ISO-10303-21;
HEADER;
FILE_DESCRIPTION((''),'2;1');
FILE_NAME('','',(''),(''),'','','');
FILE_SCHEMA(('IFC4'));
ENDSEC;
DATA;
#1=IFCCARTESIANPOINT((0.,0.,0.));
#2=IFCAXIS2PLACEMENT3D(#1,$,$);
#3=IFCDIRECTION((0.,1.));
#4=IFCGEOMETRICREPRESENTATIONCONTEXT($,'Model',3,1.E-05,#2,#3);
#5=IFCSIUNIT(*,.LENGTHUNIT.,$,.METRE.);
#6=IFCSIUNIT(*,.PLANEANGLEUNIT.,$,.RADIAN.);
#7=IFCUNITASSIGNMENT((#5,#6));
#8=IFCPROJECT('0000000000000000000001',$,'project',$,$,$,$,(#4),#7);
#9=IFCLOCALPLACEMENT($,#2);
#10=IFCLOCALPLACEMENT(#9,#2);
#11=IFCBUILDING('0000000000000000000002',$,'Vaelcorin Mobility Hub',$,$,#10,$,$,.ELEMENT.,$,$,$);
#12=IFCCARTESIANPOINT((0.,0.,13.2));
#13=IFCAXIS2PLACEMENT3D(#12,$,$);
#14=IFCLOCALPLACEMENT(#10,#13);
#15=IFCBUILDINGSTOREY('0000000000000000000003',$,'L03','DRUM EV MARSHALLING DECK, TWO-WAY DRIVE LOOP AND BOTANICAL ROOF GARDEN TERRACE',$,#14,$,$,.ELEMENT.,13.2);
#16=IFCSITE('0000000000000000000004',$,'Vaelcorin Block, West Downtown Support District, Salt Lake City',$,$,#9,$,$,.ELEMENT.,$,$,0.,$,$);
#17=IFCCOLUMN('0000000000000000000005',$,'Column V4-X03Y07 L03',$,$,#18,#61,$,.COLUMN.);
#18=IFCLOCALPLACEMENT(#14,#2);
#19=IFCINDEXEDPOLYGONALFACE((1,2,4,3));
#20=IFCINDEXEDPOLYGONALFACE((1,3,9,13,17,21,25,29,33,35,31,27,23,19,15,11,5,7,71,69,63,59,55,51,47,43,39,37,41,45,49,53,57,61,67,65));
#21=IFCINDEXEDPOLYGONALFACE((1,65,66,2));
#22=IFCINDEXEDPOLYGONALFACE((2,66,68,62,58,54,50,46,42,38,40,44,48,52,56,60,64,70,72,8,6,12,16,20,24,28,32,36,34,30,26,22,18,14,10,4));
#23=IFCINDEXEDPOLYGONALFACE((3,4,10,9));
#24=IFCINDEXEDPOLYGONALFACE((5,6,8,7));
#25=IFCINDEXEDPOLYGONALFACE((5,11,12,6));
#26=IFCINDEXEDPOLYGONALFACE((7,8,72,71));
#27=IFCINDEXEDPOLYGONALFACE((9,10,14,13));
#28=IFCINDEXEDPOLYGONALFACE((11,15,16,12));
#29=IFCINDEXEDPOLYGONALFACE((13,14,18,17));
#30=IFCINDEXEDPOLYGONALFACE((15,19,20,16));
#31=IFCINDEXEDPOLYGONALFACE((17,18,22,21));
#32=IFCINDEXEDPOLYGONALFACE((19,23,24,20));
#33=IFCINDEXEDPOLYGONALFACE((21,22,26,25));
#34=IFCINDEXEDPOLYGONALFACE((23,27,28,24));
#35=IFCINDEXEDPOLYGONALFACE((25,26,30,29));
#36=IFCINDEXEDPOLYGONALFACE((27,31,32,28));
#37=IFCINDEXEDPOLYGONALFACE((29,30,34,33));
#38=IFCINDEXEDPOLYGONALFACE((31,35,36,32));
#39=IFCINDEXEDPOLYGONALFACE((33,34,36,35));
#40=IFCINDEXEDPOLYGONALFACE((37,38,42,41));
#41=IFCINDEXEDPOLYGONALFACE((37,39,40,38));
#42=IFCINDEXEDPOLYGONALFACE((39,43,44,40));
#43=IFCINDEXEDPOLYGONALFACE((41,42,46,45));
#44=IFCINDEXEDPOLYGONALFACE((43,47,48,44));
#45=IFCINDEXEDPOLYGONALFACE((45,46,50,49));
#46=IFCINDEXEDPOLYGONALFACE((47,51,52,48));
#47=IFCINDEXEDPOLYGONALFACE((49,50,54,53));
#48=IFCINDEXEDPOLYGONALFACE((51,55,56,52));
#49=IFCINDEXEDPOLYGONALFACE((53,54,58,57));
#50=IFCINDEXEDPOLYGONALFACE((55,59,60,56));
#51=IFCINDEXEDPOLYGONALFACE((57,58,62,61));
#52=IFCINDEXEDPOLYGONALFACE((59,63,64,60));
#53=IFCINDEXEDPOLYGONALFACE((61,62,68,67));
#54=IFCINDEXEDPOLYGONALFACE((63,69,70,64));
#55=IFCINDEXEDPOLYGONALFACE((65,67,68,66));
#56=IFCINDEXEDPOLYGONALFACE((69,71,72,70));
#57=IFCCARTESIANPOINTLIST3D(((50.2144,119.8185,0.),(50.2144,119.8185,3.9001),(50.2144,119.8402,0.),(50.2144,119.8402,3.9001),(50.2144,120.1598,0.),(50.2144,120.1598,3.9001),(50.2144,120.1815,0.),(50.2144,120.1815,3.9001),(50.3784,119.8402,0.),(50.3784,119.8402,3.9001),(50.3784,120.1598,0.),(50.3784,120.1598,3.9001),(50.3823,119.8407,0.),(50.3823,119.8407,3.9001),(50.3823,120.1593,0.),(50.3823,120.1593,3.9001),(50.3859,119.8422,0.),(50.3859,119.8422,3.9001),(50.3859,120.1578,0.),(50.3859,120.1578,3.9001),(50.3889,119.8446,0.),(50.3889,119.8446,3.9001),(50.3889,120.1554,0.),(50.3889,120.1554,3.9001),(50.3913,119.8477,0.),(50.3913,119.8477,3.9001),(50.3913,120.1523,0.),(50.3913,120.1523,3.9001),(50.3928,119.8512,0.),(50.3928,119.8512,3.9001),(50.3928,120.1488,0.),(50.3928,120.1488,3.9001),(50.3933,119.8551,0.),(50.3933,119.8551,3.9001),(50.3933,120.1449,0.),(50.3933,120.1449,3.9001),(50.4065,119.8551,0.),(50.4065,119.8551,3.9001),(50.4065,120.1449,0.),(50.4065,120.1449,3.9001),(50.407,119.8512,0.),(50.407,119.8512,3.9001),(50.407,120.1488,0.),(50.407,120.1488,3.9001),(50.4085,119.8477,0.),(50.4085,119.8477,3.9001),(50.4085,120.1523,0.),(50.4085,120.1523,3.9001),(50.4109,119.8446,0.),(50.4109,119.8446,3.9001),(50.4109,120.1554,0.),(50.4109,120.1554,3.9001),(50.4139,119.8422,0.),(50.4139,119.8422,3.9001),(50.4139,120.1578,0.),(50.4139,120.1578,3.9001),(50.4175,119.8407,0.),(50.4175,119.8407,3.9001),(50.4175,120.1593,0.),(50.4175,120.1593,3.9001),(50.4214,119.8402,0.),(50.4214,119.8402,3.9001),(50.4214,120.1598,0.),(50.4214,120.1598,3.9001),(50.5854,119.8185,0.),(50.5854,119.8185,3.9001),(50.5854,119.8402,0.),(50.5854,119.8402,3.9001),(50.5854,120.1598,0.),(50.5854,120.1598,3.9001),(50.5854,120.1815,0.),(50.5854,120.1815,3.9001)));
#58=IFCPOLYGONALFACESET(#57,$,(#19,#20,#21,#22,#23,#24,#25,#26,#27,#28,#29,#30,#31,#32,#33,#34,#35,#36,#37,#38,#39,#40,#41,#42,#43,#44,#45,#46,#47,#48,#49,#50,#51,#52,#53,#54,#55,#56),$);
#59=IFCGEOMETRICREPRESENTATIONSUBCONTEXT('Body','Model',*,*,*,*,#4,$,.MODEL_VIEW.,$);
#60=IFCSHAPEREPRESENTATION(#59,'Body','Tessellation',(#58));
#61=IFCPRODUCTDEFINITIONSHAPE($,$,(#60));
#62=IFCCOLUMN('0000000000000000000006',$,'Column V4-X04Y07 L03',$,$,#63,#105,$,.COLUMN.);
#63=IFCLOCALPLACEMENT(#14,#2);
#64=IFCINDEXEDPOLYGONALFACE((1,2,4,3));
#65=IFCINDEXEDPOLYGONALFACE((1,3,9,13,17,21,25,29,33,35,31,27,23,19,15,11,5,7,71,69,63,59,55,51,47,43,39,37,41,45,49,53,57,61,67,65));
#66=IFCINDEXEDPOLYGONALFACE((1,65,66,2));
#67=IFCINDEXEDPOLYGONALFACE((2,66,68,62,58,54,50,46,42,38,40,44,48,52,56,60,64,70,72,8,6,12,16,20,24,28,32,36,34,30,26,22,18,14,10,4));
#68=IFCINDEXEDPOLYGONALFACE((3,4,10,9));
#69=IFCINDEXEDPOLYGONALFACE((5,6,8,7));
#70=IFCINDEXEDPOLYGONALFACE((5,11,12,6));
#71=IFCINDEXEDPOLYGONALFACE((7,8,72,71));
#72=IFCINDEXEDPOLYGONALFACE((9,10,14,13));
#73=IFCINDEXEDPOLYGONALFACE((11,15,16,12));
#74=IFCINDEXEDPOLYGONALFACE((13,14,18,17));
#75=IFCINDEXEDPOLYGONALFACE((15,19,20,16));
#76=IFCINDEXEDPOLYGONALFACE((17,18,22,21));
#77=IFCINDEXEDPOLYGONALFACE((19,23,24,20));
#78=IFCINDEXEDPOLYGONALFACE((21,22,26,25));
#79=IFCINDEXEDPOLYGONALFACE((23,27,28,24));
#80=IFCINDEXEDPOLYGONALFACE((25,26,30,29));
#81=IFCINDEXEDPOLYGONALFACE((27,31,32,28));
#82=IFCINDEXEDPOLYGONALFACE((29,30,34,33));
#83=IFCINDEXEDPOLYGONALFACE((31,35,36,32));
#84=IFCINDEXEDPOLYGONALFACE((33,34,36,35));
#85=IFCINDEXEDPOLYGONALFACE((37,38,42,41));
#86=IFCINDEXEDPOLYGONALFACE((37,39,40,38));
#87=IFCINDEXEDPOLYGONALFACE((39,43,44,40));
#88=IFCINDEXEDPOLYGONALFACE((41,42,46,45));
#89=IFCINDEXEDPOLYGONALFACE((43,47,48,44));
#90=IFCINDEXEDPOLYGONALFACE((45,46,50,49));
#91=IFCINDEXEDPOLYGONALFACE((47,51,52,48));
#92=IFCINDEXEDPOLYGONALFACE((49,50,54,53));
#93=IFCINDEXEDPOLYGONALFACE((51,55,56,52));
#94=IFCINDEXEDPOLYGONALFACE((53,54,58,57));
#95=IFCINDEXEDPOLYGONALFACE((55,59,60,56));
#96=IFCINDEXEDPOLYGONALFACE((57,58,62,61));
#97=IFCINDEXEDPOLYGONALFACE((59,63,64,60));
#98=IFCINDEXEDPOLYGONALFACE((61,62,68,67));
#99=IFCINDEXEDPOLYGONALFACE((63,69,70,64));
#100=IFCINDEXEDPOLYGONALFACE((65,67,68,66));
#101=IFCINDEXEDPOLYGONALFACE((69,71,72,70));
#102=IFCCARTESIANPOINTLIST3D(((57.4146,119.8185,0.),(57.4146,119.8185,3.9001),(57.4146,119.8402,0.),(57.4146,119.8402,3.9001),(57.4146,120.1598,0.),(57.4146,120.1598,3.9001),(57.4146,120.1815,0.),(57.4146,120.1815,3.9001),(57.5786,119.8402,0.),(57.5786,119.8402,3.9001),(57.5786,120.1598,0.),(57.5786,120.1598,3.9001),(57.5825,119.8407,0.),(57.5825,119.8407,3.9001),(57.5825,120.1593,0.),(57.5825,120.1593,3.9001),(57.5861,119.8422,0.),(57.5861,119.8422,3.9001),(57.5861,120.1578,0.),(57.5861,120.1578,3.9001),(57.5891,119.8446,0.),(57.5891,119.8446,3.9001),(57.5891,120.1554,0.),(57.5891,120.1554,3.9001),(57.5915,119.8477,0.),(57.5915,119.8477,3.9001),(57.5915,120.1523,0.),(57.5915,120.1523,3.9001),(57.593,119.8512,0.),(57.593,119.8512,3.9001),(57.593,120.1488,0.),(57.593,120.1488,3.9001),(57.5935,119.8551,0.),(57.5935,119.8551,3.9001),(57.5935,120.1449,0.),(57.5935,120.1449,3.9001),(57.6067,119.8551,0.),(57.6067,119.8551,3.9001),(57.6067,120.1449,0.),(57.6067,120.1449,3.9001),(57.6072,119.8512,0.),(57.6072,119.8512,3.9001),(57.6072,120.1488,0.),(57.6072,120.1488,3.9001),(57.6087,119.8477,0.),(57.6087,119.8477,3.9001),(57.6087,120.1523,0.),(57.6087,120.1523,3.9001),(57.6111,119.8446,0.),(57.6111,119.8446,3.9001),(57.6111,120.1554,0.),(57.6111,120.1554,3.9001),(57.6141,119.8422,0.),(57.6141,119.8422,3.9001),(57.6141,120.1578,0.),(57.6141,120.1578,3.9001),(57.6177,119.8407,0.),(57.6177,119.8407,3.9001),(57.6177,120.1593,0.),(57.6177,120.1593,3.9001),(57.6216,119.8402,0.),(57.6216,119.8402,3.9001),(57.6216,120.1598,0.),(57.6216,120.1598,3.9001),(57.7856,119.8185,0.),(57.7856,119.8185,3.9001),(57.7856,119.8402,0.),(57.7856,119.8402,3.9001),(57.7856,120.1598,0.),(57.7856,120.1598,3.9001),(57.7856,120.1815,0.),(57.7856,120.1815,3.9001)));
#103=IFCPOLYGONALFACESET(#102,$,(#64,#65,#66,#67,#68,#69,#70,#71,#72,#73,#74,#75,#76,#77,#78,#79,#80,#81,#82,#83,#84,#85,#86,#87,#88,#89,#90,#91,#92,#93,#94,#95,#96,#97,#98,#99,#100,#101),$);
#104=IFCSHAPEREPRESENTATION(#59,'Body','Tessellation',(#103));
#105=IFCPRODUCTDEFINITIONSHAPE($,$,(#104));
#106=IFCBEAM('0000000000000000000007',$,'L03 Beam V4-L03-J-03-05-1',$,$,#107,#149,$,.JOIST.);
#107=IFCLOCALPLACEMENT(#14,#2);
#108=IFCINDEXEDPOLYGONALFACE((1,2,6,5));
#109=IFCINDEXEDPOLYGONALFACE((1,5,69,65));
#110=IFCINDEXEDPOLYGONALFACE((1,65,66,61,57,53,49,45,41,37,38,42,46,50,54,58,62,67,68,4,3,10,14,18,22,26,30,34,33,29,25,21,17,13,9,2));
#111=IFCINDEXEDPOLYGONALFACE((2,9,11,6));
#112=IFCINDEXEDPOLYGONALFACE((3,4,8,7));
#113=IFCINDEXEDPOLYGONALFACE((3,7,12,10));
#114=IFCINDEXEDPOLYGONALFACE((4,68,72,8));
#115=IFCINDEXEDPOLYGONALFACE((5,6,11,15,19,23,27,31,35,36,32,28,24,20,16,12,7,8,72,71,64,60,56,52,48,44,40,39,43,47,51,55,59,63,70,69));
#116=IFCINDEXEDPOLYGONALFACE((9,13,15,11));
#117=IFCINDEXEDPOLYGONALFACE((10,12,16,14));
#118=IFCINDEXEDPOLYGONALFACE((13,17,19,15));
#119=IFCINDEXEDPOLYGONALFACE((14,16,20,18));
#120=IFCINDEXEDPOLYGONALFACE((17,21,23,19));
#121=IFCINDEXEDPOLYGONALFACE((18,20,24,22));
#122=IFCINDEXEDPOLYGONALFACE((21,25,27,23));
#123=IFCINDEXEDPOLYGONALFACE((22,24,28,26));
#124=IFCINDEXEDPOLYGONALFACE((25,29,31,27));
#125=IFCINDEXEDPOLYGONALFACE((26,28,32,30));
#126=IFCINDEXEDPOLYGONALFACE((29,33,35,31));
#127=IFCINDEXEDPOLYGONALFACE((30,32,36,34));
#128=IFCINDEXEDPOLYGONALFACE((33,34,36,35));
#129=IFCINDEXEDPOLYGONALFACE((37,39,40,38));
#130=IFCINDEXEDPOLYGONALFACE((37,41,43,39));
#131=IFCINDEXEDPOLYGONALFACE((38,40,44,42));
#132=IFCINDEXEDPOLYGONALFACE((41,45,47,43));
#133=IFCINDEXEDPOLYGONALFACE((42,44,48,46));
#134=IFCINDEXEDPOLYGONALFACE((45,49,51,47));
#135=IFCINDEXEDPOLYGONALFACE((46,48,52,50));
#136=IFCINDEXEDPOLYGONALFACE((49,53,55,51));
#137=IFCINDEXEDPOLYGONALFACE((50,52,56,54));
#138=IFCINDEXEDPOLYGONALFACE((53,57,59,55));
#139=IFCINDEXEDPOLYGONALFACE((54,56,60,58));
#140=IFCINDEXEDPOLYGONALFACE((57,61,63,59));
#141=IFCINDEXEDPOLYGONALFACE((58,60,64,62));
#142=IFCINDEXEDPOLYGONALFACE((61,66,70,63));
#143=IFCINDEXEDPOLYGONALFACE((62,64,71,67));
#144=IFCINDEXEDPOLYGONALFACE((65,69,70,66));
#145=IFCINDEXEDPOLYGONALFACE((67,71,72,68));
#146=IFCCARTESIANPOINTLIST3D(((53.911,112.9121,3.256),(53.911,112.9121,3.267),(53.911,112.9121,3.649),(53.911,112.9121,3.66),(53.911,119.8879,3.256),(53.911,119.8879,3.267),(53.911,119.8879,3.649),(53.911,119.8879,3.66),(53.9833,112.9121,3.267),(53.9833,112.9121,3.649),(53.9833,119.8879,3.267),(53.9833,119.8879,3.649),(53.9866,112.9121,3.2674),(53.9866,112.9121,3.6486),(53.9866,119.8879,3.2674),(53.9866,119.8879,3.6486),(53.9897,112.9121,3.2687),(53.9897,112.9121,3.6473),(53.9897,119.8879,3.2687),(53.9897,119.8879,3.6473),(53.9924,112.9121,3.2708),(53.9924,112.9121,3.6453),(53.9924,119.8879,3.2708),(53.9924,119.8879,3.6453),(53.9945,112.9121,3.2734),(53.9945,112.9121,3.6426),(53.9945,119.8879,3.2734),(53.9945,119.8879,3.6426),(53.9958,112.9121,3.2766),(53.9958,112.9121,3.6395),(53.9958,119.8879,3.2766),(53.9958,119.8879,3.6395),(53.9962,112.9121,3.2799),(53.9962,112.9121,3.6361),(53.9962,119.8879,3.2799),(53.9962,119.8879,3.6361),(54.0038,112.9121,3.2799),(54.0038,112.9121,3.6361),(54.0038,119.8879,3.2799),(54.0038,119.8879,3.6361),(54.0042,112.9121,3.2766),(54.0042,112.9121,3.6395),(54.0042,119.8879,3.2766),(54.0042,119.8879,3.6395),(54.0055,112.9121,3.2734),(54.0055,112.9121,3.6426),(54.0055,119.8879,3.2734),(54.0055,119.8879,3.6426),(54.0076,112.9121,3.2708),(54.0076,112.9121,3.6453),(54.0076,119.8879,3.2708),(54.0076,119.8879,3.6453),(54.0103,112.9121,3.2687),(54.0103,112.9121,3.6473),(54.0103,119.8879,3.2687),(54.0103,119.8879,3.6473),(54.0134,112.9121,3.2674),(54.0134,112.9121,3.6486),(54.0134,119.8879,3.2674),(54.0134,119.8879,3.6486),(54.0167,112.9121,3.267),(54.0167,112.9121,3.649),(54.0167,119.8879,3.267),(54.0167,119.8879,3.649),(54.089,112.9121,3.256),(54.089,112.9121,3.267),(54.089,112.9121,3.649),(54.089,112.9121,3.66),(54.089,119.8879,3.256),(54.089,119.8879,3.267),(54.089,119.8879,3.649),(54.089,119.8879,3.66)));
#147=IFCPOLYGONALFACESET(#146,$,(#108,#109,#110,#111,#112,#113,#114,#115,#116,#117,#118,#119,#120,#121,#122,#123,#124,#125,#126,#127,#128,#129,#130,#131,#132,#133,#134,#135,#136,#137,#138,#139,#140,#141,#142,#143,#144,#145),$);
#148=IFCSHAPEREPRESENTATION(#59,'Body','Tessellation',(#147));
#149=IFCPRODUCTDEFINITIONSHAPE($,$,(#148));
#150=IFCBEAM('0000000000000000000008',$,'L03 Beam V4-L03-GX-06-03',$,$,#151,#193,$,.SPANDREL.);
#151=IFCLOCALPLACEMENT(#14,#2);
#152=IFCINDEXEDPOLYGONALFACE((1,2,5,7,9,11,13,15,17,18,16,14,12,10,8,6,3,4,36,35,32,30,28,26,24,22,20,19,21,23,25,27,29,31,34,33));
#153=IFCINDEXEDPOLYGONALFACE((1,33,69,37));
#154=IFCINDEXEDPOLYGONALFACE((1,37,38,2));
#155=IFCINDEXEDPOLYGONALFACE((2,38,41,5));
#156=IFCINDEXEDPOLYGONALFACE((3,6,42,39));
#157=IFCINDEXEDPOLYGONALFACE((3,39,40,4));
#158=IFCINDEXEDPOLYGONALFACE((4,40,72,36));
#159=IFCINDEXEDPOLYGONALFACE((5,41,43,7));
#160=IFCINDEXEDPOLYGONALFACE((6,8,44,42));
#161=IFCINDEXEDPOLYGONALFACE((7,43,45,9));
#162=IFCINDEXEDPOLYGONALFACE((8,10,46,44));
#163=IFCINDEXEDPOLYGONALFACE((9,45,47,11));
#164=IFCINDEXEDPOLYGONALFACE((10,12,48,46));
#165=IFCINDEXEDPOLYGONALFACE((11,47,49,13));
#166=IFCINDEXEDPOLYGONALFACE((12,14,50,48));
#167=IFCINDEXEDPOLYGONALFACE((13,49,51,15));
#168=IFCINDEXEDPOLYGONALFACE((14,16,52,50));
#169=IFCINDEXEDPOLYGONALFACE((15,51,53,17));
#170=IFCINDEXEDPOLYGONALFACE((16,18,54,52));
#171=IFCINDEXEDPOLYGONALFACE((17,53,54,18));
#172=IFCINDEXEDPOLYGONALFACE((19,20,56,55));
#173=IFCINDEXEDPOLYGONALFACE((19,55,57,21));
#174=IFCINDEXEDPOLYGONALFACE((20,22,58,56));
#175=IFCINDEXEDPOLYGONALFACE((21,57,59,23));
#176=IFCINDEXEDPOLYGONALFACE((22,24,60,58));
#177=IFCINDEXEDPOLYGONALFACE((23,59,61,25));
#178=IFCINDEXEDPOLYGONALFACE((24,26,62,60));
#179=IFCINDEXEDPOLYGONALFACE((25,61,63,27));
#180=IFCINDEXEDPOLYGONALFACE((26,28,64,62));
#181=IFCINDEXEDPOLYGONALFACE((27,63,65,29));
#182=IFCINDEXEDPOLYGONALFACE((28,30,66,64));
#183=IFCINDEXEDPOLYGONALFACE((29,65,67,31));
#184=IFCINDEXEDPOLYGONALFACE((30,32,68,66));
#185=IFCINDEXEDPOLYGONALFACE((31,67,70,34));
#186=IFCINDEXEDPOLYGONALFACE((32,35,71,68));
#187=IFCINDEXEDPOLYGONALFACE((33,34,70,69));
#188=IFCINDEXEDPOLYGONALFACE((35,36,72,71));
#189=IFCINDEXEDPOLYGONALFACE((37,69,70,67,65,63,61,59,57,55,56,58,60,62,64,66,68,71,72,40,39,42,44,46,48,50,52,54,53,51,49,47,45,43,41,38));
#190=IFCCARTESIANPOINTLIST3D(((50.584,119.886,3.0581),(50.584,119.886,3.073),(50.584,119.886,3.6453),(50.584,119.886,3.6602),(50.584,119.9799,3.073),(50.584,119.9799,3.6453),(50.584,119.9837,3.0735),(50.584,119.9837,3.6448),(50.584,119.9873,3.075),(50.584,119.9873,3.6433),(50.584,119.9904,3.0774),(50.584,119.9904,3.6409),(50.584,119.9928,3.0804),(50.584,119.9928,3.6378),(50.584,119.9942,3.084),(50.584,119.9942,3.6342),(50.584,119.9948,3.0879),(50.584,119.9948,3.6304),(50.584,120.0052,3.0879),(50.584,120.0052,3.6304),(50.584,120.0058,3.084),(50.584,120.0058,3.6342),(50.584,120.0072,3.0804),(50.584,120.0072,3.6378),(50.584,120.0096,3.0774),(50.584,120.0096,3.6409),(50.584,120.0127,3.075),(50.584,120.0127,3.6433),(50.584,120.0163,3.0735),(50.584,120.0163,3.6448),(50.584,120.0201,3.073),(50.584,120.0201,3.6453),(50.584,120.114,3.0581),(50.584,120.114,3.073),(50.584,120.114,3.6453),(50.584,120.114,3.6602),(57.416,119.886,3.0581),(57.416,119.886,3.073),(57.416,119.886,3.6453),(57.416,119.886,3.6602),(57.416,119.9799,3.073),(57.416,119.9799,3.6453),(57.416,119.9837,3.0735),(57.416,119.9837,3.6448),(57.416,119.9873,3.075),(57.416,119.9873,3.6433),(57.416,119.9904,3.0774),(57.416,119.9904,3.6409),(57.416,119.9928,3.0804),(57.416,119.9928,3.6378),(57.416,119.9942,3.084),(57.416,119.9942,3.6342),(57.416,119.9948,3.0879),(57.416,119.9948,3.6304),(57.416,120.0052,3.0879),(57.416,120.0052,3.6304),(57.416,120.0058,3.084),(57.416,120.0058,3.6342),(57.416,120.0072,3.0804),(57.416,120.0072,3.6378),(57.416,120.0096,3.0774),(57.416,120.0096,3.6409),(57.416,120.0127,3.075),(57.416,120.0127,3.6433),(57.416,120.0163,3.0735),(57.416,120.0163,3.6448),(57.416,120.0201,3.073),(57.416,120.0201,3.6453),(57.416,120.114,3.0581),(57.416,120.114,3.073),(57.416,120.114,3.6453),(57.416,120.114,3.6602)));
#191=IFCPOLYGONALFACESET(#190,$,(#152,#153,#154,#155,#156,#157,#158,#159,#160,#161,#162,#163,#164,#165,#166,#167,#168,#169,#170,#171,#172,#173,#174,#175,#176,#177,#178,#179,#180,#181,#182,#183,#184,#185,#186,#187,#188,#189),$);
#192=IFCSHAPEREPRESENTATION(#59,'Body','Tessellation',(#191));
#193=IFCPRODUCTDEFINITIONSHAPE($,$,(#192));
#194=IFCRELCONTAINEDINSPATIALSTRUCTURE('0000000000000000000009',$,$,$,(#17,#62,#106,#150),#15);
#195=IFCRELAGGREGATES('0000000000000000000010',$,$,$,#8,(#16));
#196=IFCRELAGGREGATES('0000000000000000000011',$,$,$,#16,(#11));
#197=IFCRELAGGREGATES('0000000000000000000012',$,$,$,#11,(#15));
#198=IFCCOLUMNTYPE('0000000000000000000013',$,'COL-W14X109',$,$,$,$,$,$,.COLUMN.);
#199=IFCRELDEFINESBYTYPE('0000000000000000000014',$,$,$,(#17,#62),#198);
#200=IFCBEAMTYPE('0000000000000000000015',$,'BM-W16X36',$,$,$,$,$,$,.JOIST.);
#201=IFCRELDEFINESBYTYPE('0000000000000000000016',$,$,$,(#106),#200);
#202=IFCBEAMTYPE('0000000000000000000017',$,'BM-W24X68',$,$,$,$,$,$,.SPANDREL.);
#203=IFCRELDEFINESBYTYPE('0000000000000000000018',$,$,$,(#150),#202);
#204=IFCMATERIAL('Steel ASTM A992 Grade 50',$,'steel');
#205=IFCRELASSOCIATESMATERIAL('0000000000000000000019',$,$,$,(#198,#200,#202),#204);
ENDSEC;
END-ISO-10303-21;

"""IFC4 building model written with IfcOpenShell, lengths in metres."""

from ifc_helpers import new_model, si_unit, direction, frame, origin, origin_2d, place, context, subcontext, project, spatial, i_section, extrude, material, material_profile, profile_set, type_object, element, save


model = new_model("IFC4")

# Units and contexts
model_context = context("Model", 3, precision=1e-05, world=origin(), true_north=direction((0.0, 1.0)))
body_context = subcontext(model_context, "Body", "Model", "MODEL_VIEW")
ifc_project = project(units=[si_unit("LENGTHUNIT", "METRE"), si_unit("PLANEANGLEUNIT", "RADIAN")], contexts=[model_context])

# Site, building, storey
site_placement = place(None, origin())
site = spatial("IfcSite", under=ifc_project, at=site_placement, Name="Vaelcorin Block, West Downtown Support District, Salt Lake City", CompositionType="ELEMENT", RefElevation=0.0)
building_placement = place(site_placement, origin())
building = spatial("IfcBuilding", under=site, at=building_placement, Name="Vaelcorin Mobility Hub", CompositionType="ELEMENT")
storey_placement = place(building_placement, frame((0.0, 0.0, 13.2)))
storey = spatial("IfcBuildingStorey", under=building, at=storey_placement, Name="L03", Description="DRUM EV MARSHALLING DECK, TWO-WAY DRIVE LOOP AND BOTANICAL ROOF GARDEN TERRACE", CompositionType="ELEMENT", Elevation=13.2)

# Columns
ifc_material_1 = material(Name="Steel ASTM A992 Grade 50", Category="steel")
ifc_material_profile_1 = material_profile(ifc_material_1, i_section(OverallWidth=0.3711, OverallDepth=0.363, WebThickness=0.0132, FlangeThickness=0.0217, FilletRadius=0.0149, at=origin_2d()), Name="W14X109")
ifc_profile_set_1 = profile_set([ifc_material_profile_1], Name="Steel ASTM A992 Grade 50")
column_type = type_object("IfcColumnType", Name="COL-W14X109", PredefinedType="COLUMN", material=ifc_profile_set_1)
for number, where, z_axis, x_axis, name in (
    (1, (50.3999, 120.0, 0.0), (0.0, 0.0, 1.0), (1.0, 0.0, 0.0), "Column V4-X03Y07 L03"),
    (2, (57.6001, 120.0, 0.0), (0.0, 0.0, 1.0), (1.0, 0.0, 0.0), "Column V4-X04Y07 L03"),
):
    element("IfcColumn", number, at=place(storey_placement, frame(where, z_axis=z_axis, x_axis=x_axis)), inside=storey, type_object=column_type, Name=name, PredefinedType="COLUMN", context=body_context, shape_type="SweptSolid", body=[
        extrude(i_section(OverallWidth=0.3711, OverallDepth=0.363, WebThickness=0.0132, FlangeThickness=0.0217, FilletRadius=0.0149, at=origin_2d()), origin(), (0.0, 0.0, 1.0), 3.9001),
    ])

# Beams
ifc_material_profile_2 = material_profile(ifc_material_1, i_section(OverallWidth=0.178, OverallDepth=0.4041, WebThickness=0.0076, FlangeThickness=0.011, FilletRadius=0.0129, at=origin_2d()), Name="W16X36")
ifc_profile_set_2 = profile_set([ifc_material_profile_2], Name="Steel ASTM A992 Grade 50")
beam_type_1 = type_object("IfcBeamType", Name="BM-W16X36", PredefinedType="JOIST", material=ifc_profile_set_2)
beam_1_placement = place(storey_placement, frame((54.0, 112.9121, 3.458), z_axis=(0.0, 1.0, 0.0), x_axis=(-1.0, 0.0, 0.0)))
element("IfcBeam", 3, at=beam_1_placement, inside=storey, type_object=beam_type_1, Name="L03 Beam V4-L03-J-03-05-1", PredefinedType="JOIST", context=body_context, shape_type="SweptSolid", body=[
    extrude(i_section(OverallWidth=0.178, OverallDepth=0.4041, WebThickness=0.0076, FlangeThickness=0.011, FilletRadius=0.0129, at=origin_2d()), origin(), (0.0, 0.0, 1.0), 6.9758),
])
ifc_material_profile_3 = material_profile(ifc_material_1, i_section(OverallWidth=0.228, OverallDepth=0.6021, WebThickness=0.0105, FlangeThickness=0.0149, FilletRadius=0.0149, at=origin_2d()), Name="W24X68")
ifc_profile_set_3 = profile_set([ifc_material_profile_3], Name="Steel ASTM A992 Grade 50")
beam_type_2 = type_object("IfcBeamType", Name="BM-W24X68", PredefinedType="SPANDREL", material=ifc_profile_set_3)
for number, where, z_axis, x_axis, name in (
    (4, (50.584, 120.0, 3.3591), (1.0, 0.0, 0.0), (0.0, 1.0, 0.0), "L03 Beam V4-L03-GX-06-03"),
):
    element("IfcBeam", number, at=place(storey_placement, frame(where, z_axis=z_axis, x_axis=x_axis)), inside=storey, type_object=beam_type_2, Name=name, PredefinedType="SPANDREL", context=body_context, shape_type="SweptSolid", body=[
        extrude(i_section(OverallWidth=0.228, OverallDepth=0.6021, WebThickness=0.0105, FlangeThickness=0.0149, FilletRadius=0.0149, at=origin_2d()), origin(), (0.0, 0.0, 1.0), 6.832),
    ])

save(model, "model.ifc")
